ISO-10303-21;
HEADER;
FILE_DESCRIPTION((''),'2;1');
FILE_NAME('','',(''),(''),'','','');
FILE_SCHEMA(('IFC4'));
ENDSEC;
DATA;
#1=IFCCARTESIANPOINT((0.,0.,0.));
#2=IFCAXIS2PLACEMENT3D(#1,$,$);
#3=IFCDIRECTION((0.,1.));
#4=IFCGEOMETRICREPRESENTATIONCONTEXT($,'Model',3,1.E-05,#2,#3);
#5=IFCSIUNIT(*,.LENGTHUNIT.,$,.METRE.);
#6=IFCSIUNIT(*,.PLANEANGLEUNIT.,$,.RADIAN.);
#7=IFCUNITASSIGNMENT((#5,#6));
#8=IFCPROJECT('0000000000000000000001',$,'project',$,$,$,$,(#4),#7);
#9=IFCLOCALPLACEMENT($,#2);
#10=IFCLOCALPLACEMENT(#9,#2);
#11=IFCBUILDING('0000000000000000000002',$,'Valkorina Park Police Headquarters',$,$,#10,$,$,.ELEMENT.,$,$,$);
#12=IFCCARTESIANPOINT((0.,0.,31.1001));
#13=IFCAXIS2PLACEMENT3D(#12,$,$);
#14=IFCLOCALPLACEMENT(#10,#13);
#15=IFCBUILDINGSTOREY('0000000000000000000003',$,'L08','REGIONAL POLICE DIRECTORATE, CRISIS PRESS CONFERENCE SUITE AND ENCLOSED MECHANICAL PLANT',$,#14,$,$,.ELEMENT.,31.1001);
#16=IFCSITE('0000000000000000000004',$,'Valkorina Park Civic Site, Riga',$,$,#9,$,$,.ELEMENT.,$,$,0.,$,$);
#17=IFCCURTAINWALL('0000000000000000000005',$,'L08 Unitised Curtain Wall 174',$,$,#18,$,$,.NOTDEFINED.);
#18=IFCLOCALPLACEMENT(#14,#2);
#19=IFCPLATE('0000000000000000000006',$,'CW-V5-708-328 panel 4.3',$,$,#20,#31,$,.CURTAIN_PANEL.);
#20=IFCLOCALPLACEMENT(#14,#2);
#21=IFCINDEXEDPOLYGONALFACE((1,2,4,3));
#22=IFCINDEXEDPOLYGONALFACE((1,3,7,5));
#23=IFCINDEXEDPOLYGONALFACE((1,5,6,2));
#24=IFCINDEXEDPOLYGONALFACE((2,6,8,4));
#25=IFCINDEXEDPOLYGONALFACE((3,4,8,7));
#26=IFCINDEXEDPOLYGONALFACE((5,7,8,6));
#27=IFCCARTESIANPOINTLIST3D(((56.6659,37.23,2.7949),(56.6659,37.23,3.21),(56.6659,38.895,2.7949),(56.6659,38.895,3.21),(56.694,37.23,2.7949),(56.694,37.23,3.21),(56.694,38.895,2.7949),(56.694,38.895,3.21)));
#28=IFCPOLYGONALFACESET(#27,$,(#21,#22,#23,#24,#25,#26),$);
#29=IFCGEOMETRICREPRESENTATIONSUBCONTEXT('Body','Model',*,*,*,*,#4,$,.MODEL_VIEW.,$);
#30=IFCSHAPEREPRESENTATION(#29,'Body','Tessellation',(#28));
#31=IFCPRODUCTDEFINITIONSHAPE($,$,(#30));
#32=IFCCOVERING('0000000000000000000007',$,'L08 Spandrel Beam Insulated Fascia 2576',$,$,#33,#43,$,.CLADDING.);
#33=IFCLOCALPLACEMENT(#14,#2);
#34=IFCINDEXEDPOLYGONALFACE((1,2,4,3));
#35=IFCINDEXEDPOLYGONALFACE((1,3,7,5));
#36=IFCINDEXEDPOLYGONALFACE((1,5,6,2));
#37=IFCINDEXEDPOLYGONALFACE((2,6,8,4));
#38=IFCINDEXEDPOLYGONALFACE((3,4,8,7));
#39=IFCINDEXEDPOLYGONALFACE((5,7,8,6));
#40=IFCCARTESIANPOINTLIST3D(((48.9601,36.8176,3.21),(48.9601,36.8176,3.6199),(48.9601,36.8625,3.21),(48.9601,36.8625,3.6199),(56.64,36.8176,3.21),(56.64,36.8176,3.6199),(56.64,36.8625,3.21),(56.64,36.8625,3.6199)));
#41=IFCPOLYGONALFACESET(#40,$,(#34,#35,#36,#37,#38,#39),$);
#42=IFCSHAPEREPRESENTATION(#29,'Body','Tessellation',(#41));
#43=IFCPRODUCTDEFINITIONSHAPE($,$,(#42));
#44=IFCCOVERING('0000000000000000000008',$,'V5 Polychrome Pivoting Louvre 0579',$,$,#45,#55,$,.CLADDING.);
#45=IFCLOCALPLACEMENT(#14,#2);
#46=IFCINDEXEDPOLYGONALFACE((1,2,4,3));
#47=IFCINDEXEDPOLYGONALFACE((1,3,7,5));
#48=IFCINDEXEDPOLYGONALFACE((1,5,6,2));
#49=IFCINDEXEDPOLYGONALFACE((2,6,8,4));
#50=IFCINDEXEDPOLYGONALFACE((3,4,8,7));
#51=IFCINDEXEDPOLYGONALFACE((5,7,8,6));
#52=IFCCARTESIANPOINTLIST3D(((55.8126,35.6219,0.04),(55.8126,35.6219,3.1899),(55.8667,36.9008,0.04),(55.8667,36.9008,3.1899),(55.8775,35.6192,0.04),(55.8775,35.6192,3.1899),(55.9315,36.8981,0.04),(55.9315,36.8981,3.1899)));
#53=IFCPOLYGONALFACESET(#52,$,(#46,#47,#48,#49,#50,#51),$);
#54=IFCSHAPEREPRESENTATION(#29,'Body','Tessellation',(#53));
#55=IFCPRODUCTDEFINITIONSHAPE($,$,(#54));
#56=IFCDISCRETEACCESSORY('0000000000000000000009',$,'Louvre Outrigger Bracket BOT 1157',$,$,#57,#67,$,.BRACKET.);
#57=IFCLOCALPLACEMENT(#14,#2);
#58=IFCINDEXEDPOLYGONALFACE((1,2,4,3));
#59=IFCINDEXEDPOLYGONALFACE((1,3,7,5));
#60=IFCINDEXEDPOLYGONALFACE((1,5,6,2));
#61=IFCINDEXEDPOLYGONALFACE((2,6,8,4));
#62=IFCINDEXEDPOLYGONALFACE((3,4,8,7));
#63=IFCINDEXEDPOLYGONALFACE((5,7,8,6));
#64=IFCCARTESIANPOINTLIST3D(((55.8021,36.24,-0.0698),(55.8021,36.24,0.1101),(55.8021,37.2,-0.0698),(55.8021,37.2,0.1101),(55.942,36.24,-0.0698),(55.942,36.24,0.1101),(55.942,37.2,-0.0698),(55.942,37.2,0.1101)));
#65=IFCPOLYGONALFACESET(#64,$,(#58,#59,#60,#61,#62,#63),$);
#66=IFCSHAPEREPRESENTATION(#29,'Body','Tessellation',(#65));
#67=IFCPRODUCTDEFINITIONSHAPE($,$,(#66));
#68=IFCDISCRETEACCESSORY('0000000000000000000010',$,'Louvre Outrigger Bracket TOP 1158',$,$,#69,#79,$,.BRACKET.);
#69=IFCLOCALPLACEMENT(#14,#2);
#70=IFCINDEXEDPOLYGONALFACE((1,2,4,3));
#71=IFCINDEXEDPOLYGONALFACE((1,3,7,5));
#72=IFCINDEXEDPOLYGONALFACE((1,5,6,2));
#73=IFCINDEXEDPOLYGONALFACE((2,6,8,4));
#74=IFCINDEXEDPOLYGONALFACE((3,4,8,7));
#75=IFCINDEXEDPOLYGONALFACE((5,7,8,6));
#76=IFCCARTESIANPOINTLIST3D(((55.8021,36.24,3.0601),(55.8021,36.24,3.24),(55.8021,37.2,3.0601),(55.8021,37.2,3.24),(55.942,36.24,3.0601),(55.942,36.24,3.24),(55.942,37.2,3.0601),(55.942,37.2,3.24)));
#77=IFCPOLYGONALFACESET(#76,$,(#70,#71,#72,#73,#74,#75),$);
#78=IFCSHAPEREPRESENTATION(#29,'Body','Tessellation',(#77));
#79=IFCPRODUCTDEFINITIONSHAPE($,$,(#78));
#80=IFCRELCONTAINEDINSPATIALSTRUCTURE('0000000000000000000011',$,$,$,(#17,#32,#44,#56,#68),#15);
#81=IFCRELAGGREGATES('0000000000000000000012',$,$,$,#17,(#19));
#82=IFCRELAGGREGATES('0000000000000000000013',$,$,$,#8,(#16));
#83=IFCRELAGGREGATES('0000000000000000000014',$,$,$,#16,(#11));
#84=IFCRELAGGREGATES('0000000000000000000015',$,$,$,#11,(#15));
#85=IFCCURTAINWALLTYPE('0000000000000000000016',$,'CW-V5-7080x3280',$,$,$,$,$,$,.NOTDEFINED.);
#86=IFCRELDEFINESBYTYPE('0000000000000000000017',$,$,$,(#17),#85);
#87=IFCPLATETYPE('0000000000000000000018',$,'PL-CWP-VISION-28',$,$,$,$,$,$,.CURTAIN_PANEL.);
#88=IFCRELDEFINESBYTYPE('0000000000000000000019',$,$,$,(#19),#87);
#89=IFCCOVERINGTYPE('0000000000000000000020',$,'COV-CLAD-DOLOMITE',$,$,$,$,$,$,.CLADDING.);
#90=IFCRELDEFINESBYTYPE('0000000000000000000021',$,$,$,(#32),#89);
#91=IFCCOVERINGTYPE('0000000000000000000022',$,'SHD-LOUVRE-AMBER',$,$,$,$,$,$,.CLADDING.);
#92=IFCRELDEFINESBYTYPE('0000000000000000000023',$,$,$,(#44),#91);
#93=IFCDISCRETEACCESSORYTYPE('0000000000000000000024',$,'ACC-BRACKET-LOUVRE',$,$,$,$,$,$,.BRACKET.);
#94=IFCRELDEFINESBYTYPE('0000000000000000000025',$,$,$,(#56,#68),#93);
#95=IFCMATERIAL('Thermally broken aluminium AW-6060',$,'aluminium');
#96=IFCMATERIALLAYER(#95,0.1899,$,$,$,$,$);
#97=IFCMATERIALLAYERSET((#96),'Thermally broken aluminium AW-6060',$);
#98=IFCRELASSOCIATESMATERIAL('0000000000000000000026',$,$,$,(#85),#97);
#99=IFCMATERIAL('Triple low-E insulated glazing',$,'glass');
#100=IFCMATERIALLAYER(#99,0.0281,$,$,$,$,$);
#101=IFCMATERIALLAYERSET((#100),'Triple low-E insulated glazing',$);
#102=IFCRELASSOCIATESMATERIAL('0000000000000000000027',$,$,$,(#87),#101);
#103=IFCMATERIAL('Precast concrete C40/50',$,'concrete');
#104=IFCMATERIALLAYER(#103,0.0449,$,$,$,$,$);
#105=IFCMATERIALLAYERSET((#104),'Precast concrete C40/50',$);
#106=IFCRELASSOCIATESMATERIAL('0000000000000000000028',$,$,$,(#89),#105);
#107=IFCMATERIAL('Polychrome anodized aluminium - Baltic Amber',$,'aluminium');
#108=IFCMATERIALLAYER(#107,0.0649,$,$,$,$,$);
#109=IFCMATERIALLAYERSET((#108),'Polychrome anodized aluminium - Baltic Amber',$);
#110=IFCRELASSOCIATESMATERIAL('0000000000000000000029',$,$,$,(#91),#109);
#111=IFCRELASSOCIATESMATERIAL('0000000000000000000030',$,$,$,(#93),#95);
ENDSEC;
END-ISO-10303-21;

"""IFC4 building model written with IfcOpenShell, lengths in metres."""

from ifc_helpers import new_model, si_unit, direction, frame, frame_2d, origin, origin_2d, place, context, subcontext, project, spatial, rectangle, extrude, material, layer, layer_set, type_object, element, aggregate, save


model = new_model("IFC4")

# Units and contexts
model_context = context("Model", 3, precision=1e-05, world=origin(), true_north=direction((0.0, 1.0)))
body_context = subcontext(model_context, "Body", "Model", "MODEL_VIEW")
ifc_project = project(units=[si_unit("LENGTHUNIT", "METRE"), si_unit("PLANEANGLEUNIT", "RADIAN")], contexts=[model_context])

# Site, building, storey
site_placement = place(None, origin())
site = spatial("IfcSite", under=ifc_project, at=site_placement, Name="Valkorina Park Civic Site, Riga", CompositionType="ELEMENT", RefElevation=0.0)
building_placement = place(site_placement, origin())
building = spatial("IfcBuilding", under=site, at=building_placement, Name="Valkorina Park Police Headquarters", CompositionType="ELEMENT")
storey_placement = place(building_placement, frame((0.0, 0.0, 31.1001)))
storey = spatial("IfcBuildingStorey", under=building, at=storey_placement, Name="L08", Description="REGIONAL POLICE DIRECTORATE, CRISIS PRESS CONFERENCE SUITE AND ENCLOSED MECHANICAL PLANT", CompositionType="ELEMENT", Elevation=31.1001)

# Curtain wall
ifc_material_1 = material(Name="Thermally broken aluminium AW-6060", Category="aluminium")
ifc_layer_1 = layer(ifc_material_1, 0.1899)
ifc_layer_set_1 = layer_set([ifc_layer_1], Name="Thermally broken aluminium AW-6060")
curtain_wall_type_1 = type_object("IfcCurtainWallType", Name="CW-V5-7080x3280", PredefinedType="NOTDEFINED", material=ifc_layer_set_1)
curtain_wall_1_placement = place(storey_placement, origin())
curtain_wall_1 = element("IfcCurtainWall", 1, at=curtain_wall_1_placement, inside=storey, type_object=curtain_wall_type_1, Name="L08 Unitised Curtain Wall 174", PredefinedType="NOTDEFINED")

# Plate
ifc_material_2 = material(Name="Triple low-E insulated glazing", Category="glass")
ifc_layer_2 = layer(ifc_material_2, 0.0281)
ifc_layer_set_2 = layer_set([ifc_layer_2], Name="Triple low-E insulated glazing")
plate_type_1 = type_object("IfcPlateType", Name="PL-CWP-VISION-28", PredefinedType="CURTAIN_PANEL", material=ifc_layer_set_2)
plate_1_placement = place(storey_placement, frame((56.6799, 38.0625, 2.7949), z_axis=(0.0, 0.0, 1.0), x_axis=(0.0, -1.0, 0.0)))
plate_1 = element("IfcPlate", 2, at=plate_1_placement, type_object=plate_type_1, Name="CW-V5-708-328 panel 4.3", PredefinedType="CURTAIN_PANEL", context=body_context, shape_type="SweptSolid", body=[
    extrude(rectangle(XDim=1.665, YDim=0.0281, at=origin_2d()), origin(), (0.0, 0.0, 1.0), 0.415),
])
aggregate(curtain_wall_1, [plate_1])

# Coverings
ifc_material_3 = material(Name="Precast concrete C40/50", Category="concrete")
ifc_layer_3 = layer(ifc_material_3, 0.0449)
ifc_layer_set_3 = layer_set([ifc_layer_3], Name="Precast concrete C40/50")
covering_type_1 = type_object("IfcCoveringType", Name="COV-CLAD-DOLOMITE", PredefinedType="CLADDING", material=ifc_layer_set_3)
covering_1_placement = place(storey_placement, frame((56.6399, 36.8401, 3.21), z_axis=(0.0, 0.0, 1.0), x_axis=(-1.0, 0.0, 0.0)))
element("IfcCovering", 3, at=covering_1_placement, inside=storey, type_object=covering_type_1, Name="L08 Spandrel Beam Insulated Fascia 2576", PredefinedType="CLADDING", context=body_context, shape_type="SweptSolid", body=[
    extrude(rectangle(XDim=7.6799, YDim=0.0449, at=frame_2d((3.8398, 0.0))), origin(), (0.0, 0.0, 1.0), 0.4099),
])
ifc_material_4 = material(Name="Polychrome anodized aluminium - Baltic Amber", Category="aluminium")
ifc_layer_4 = layer(ifc_material_4, 0.0649)
ifc_layer_set_4 = layer_set([ifc_layer_4], Name="Polychrome anodized aluminium - Baltic Amber")
covering_type_2 = type_object("IfcCoveringType", Name="SHD-LOUVRE-AMBER", PredefinedType="CLADDING", material=ifc_layer_set_4)
covering_2_placement = place(storey_placement, frame((55.8721, 36.26, 0.04), z_axis=(0.0, 0.0, 1.0), x_axis=(-0.042224, -0.999108, 0.0)))
element("IfcCovering", 4, at=covering_2_placement, inside=storey, type_object=covering_type_2, Name="V5 Polychrome Pivoting Louvre 0579", PredefinedType="CLADDING", context=body_context, shape_type="SweptSolid", body=[
    extrude(rectangle(XDim=1.28, YDim=0.0649, at=origin_2d()), origin(), (0.0, 0.0, 1.0), 3.1499),
])

# Discrete accessories
discrete_accessory_type = type_object("IfcDiscreteAccessoryType", Name="ACC-BRACKET-LOUVRE", PredefinedType="BRACKET", material=ifc_material_1)
for number, where, z_axis, x_axis, name in (
    (5, (55.8721, 36.72, -0.0698), (0.0, 0.0, 1.0), (0.0, -1.0, 0.0), "Louvre Outrigger Bracket BOT 1157"),
    (6, (55.8721, 36.72, 3.0601), (0.0, 0.0, 1.0), (0.0, -1.0, 0.0), "Louvre Outrigger Bracket TOP 1158"),
):
    element("IfcDiscreteAccessory", number, at=place(storey_placement, frame(where, z_axis=z_axis, x_axis=x_axis)), inside=storey, type_object=discrete_accessory_type, Name=name, PredefinedType="BRACKET", context=body_context, shape_type="SweptSolid", body=[
        extrude(rectangle(XDim=0.96, YDim=0.1399, at=origin_2d()), origin(), (0.0, 0.0, 1.0), 0.1799),
    ])

save(model, "model.ifc")
